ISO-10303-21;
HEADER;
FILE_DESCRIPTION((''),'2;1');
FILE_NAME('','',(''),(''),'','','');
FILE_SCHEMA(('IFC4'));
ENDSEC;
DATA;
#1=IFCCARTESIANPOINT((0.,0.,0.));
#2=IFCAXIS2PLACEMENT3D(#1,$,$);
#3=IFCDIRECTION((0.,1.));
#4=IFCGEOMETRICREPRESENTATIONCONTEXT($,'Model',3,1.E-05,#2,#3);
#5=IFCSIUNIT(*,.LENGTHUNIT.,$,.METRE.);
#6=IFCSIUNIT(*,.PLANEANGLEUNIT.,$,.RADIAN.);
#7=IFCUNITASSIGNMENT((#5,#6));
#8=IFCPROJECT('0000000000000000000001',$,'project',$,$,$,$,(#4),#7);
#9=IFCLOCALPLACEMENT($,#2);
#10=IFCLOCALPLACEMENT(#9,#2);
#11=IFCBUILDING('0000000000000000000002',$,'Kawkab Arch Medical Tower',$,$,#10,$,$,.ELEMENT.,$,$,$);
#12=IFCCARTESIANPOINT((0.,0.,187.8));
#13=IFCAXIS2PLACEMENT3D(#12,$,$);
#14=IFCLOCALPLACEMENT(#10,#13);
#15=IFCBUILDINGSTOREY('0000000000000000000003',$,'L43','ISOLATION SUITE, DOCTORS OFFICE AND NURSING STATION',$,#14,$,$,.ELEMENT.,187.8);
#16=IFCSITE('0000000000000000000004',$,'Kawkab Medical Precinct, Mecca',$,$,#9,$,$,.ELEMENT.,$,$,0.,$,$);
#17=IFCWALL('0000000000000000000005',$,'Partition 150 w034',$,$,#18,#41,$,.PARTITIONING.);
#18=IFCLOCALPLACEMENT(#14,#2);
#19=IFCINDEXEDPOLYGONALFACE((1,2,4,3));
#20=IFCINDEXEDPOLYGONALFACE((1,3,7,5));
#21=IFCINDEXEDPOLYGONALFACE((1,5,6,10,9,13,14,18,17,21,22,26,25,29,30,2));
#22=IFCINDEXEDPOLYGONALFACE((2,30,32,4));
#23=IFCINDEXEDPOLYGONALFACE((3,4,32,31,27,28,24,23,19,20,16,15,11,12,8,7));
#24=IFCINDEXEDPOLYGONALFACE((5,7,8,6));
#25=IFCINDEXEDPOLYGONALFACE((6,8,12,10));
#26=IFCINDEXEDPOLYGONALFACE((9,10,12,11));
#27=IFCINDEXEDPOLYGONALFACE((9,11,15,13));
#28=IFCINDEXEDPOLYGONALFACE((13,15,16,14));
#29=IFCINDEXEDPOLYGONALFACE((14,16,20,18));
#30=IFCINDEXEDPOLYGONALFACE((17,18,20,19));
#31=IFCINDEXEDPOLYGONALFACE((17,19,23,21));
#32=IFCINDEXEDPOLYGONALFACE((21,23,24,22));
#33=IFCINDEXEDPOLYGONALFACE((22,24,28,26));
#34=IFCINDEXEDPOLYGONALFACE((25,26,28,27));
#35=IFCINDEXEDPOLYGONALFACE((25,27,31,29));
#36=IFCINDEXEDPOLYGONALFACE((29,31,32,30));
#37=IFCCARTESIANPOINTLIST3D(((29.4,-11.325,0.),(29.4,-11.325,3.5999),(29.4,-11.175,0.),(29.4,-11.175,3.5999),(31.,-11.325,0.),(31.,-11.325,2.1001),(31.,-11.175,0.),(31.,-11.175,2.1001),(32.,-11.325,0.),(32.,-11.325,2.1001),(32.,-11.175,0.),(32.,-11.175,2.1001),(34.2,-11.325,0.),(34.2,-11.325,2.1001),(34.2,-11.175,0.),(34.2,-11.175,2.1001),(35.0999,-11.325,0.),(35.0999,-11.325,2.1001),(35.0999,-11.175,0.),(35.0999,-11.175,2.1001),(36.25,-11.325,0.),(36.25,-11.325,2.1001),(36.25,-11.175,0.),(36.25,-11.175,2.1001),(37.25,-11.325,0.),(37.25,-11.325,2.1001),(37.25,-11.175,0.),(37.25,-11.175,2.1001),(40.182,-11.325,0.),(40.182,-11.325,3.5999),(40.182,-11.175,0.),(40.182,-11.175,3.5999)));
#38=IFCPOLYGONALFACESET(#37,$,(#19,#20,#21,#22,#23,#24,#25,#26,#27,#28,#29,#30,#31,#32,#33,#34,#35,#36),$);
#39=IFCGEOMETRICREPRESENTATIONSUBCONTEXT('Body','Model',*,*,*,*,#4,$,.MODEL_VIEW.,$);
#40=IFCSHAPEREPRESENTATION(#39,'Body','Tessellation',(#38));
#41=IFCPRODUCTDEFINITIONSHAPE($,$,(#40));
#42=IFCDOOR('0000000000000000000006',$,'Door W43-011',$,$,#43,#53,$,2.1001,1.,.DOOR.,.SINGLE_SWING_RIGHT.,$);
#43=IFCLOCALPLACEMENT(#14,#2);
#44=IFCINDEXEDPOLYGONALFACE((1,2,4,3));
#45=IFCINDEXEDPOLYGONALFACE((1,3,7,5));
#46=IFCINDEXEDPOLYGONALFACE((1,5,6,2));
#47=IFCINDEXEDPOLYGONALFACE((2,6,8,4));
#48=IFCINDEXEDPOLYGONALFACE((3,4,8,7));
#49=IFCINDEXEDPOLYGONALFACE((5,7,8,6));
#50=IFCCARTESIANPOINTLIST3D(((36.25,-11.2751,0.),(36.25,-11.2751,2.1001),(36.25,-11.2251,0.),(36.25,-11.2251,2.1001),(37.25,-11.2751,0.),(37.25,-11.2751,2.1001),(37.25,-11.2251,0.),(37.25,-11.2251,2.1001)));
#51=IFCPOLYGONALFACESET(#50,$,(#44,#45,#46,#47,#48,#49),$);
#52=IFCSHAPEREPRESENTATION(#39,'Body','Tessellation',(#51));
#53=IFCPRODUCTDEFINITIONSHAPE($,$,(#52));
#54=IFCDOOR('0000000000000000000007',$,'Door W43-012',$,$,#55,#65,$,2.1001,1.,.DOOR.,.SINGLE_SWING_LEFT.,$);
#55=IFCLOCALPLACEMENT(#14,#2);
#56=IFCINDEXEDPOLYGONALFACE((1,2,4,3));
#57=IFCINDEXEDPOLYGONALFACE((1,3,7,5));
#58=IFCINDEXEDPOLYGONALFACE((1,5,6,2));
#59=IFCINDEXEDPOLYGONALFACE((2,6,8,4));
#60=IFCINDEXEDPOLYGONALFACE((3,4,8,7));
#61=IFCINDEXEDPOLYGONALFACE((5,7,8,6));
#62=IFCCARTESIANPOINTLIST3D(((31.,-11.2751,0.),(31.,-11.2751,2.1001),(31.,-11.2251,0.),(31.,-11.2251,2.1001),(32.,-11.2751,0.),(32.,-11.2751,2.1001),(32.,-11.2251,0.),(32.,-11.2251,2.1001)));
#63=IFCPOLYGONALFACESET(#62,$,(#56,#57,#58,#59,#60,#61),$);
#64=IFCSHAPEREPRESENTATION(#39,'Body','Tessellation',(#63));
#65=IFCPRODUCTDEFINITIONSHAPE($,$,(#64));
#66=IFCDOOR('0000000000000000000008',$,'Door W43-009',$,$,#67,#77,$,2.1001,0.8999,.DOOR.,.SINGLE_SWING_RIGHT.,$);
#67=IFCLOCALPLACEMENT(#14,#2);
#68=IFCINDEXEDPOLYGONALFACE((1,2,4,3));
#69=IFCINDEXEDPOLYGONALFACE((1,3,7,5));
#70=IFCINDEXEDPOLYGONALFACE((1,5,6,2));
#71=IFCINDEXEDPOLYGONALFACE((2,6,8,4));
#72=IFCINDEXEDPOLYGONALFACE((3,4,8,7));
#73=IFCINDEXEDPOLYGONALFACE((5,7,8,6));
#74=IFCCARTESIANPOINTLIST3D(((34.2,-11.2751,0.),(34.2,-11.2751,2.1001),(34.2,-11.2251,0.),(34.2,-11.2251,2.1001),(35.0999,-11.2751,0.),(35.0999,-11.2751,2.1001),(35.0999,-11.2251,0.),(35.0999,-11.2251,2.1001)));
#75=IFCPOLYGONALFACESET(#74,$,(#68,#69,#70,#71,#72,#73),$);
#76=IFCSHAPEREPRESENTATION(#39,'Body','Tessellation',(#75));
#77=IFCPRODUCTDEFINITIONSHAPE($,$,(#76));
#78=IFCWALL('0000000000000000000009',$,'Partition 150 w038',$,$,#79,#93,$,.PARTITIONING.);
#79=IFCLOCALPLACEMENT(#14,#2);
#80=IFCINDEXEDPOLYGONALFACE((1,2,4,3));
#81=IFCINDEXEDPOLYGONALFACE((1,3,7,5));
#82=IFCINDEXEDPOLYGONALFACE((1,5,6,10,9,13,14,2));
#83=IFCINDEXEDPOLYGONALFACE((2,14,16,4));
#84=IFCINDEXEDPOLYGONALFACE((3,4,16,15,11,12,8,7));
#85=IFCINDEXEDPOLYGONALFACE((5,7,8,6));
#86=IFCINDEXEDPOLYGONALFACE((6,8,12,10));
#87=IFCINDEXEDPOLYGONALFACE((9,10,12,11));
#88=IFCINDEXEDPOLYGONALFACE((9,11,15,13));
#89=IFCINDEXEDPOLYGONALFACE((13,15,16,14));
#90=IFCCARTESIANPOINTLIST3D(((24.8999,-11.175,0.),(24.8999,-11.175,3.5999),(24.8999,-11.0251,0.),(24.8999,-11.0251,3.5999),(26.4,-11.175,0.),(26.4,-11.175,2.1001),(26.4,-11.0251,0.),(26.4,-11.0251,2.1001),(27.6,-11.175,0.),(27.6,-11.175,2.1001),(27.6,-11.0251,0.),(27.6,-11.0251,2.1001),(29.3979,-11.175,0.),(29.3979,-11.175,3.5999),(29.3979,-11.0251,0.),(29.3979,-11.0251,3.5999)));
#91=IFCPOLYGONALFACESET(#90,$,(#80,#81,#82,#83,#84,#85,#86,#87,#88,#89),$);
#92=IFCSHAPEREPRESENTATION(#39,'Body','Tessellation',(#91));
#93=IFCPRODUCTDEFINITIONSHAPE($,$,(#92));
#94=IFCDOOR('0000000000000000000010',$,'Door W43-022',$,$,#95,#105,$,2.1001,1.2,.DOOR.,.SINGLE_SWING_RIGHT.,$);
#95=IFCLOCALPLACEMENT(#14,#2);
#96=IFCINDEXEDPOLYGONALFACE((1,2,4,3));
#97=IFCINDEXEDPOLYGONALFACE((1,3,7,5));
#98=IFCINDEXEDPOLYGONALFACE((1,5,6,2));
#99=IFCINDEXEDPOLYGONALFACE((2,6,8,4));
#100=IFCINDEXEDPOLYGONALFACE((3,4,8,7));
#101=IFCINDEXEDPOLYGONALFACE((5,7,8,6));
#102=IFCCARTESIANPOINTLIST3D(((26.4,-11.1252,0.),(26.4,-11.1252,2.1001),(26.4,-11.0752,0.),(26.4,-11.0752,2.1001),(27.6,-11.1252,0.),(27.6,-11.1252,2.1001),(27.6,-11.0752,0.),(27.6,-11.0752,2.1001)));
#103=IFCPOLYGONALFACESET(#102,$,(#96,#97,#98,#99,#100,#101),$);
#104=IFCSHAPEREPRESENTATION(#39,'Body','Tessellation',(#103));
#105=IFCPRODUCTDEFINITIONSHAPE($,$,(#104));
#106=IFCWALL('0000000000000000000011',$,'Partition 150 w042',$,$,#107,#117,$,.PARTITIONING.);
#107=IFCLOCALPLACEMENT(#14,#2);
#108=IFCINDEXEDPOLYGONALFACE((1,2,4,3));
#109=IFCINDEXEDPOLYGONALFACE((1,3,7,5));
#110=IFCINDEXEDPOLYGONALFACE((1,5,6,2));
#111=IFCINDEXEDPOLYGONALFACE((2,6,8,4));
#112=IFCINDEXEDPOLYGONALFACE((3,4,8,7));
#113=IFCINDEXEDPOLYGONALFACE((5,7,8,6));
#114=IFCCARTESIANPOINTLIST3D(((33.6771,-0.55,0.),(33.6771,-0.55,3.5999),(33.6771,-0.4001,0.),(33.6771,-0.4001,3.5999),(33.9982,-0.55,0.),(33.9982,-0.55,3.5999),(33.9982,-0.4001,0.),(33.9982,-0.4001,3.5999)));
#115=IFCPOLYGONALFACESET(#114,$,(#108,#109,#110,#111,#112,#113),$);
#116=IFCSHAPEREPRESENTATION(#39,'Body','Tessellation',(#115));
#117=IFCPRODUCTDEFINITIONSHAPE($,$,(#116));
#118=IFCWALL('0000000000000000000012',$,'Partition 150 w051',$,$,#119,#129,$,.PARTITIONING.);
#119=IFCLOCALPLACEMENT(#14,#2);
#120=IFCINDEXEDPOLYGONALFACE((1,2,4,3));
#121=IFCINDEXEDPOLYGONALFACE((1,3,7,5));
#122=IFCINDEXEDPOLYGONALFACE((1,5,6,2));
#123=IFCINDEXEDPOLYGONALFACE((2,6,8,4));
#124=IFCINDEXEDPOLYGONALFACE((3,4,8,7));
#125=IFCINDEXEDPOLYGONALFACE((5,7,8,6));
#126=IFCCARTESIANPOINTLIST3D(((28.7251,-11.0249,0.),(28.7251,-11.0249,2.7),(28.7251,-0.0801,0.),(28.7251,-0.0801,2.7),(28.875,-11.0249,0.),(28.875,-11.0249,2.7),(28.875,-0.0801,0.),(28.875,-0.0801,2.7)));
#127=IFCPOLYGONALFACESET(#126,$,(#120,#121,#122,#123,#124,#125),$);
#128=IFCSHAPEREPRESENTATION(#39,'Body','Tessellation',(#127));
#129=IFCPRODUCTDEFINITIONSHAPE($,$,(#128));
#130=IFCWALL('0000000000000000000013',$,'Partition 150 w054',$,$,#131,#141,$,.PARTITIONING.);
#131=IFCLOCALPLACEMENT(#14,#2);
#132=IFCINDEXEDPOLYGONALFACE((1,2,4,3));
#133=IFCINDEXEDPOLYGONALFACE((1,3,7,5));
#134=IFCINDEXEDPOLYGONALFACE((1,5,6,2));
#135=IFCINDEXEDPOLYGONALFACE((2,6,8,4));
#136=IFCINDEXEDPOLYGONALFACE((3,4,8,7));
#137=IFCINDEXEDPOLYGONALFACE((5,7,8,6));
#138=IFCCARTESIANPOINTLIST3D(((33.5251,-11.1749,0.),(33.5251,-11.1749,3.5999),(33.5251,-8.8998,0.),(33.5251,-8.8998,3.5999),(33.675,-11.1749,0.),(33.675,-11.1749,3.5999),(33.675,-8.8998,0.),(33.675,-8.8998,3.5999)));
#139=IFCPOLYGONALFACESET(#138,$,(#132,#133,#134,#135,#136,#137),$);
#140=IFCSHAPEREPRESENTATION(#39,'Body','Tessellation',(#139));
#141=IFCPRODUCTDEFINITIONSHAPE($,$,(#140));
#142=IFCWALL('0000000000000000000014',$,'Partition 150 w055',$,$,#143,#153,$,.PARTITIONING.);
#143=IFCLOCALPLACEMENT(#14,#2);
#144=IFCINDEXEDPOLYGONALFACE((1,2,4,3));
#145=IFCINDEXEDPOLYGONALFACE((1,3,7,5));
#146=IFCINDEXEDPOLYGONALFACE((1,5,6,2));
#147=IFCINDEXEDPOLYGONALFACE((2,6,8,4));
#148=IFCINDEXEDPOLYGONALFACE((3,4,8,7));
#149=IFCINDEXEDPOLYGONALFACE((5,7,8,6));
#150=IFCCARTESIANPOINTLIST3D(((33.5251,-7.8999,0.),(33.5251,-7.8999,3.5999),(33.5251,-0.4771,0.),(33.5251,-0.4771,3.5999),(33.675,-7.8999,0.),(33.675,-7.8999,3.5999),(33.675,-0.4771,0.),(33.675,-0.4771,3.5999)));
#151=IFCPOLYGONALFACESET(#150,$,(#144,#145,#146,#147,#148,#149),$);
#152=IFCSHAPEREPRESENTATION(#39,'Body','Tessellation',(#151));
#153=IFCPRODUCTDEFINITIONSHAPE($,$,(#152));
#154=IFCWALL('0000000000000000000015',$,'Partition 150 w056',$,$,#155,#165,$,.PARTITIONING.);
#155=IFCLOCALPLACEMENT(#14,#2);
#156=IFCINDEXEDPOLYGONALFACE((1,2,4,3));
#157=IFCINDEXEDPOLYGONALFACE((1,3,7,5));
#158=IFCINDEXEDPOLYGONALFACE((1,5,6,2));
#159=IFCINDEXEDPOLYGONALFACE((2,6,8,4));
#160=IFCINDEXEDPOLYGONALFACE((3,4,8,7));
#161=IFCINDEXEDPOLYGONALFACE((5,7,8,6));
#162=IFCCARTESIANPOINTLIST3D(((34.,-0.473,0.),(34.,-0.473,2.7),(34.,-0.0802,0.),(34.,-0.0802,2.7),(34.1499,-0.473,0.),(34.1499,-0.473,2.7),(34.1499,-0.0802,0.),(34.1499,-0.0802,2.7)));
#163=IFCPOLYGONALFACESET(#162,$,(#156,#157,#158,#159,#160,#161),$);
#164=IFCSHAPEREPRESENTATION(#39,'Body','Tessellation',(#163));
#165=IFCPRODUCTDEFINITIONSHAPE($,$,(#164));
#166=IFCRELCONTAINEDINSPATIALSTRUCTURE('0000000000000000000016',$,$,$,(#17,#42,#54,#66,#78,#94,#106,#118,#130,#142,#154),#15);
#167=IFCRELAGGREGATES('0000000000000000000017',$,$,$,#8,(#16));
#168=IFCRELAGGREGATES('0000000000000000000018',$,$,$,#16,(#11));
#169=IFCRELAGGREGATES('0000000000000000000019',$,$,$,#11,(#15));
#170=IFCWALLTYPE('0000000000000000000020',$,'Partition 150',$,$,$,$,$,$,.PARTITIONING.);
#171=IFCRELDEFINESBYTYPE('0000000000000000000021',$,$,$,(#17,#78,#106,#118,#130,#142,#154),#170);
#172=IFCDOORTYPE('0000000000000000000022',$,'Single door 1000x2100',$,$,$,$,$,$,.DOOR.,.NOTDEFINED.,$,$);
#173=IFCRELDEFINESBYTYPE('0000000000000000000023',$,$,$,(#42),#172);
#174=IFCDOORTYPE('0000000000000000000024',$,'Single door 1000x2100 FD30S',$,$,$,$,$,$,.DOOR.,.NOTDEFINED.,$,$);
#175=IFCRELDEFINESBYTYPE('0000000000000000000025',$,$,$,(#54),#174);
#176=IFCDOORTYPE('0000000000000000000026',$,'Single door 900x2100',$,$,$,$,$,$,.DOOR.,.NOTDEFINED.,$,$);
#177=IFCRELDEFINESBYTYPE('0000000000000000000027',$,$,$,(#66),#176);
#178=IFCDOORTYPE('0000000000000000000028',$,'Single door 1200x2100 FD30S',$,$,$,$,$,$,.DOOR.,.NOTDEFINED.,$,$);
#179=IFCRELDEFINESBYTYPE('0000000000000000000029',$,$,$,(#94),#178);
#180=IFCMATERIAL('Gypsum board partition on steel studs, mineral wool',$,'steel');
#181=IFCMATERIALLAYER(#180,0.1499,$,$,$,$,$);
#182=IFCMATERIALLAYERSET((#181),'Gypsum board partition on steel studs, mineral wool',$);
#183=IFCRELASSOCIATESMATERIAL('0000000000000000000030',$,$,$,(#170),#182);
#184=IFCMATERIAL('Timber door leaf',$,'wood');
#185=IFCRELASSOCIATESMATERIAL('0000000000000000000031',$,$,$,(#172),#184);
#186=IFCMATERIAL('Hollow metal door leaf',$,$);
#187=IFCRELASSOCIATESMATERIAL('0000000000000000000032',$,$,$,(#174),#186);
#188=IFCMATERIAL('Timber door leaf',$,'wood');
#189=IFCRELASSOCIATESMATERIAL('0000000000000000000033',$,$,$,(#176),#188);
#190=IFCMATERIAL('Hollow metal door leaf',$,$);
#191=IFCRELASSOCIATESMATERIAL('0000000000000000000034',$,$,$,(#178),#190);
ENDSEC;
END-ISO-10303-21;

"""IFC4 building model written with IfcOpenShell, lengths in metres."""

from ifc_helpers import new_model, si_unit, direction, frame, frame_2d, origin, place, context, subcontext, project, spatial, rectangle, extrude, material, layer, layer_set, type_object, element, fill, save


model = new_model("IFC4")

# Units and contexts
model_context = context("Model", 3, precision=1e-05, world=origin(), true_north=direction((0.0, 1.0)))
body_context = subcontext(model_context, "Body", "Model", "MODEL_VIEW")
ifc_project = project(units=[si_unit("LENGTHUNIT", "METRE"), si_unit("PLANEANGLEUNIT", "RADIAN")], contexts=[model_context])

# Site, building, storey
site_placement = place(None, origin())
site = spatial("IfcSite", under=ifc_project, at=site_placement, Name="Kawkab Medical Precinct, Mecca", CompositionType="ELEMENT", RefElevation=0.0)
building_placement = place(site_placement, origin())
building = spatial("IfcBuilding", under=site, at=building_placement, Name="Kawkab Arch Medical Tower", CompositionType="ELEMENT")
storey_placement = place(building_placement, frame((0.0, 0.0, 187.8)))
storey = spatial("IfcBuildingStorey", under=building, at=storey_placement, Name="L43", Description="ISOLATION SUITE, DOCTORS OFFICE AND NURSING STATION", CompositionType="ELEMENT", Elevation=187.8)

# Wall, openings, doors
ifc_material_1 = material(Name="Gypsum board partition on steel studs, mineral wool", Category="steel")
ifc_layer_1 = layer(ifc_material_1, 0.1499)
ifc_layer_set_1 = layer_set([ifc_layer_1], Name="Gypsum board partition on steel studs, mineral wool")
wall_type_1 = type_object("IfcWallType", Name="Partition 150", PredefinedType="PARTITIONING", material=ifc_layer_set_1)
wall_1_placement = place(storey_placement, frame((29.3999, -11.25, 0.0), z_axis=(0.0, 0.0, 1.0), x_axis=(1.0, 0.0, 0.0)))
wall_1 = element("IfcWall", 1, at=wall_1_placement, inside=storey, type_object=wall_type_1, Name="Partition 150 w034", PredefinedType="PARTITIONING", context=body_context, shape_type="SweptSolid", body=[
    extrude(rectangle(XDim=10.782, YDim=0.1499, at=frame_2d((5.3911, 0.0))), origin(), (0.0, 0.0, 1.0), 3.5999),
])
opening_1_placement = place(wall_1_placement, frame((1.6001, 0.0, 0.0)))
opening_1 = element("IfcOpeningElement", 2, at=opening_1_placement, cuts=wall_1, PredefinedType="OPENING", context=body_context, shape_type="SweptSolid", body=[
    extrude(rectangle(XDim=1.0, YDim=2.1001, at=frame_2d((0.5, 1.05))), frame((0.0, 0.085, 0.0), z_axis=(0.0, -1.0, 0.0), x_axis=(1.0, 0.0, 0.0)), (0.0, 0.0, 1.0), 0.1699),
])
opening_2_placement = place(wall_1_placement, frame((4.8, 0.0, 0.0)))
opening_2 = element("IfcOpeningElement", 3, at=opening_2_placement, cuts=wall_1, PredefinedType="OPENING", context=body_context, shape_type="SweptSolid", body=[
    extrude(rectangle(XDim=0.8999, YDim=2.1001, at=frame_2d((0.45, 1.05))), frame((0.0, 0.085, 0.0), z_axis=(0.0, -1.0, 0.0), x_axis=(1.0, 0.0, 0.0)), (0.0, 0.0, 1.0), 0.1699),
])
opening_3_placement = place(wall_1_placement, frame((6.8501, 0.0, 0.0)))
opening_3 = element("IfcOpeningElement", 4, at=opening_3_placement, cuts=wall_1, PredefinedType="OPENING", context=body_context, shape_type="SweptSolid", body=[
    extrude(rectangle(XDim=1.0, YDim=2.1001, at=frame_2d((0.5, 1.05))), frame((0.0, 0.085, 0.0), z_axis=(0.0, -1.0, 0.0), x_axis=(1.0, 0.0, 0.0)), (0.0, 0.0, 1.0), 0.1699),
])
ifc_material_2 = material(Name="Timber door leaf", Category="wood")
door_type_1 = type_object("IfcDoorType", Name="Single door 1000x2100", OperationType="NOTDEFINED", PredefinedType="DOOR", material=ifc_material_2)
door_1_placement = place(opening_3_placement, origin())
door_1 = element("IfcDoor", 5, at=door_1_placement, inside=storey, type_object=door_type_1, Name="Door W43-011", OperationType="SINGLE_SWING_RIGHT", OverallHeight=2.1001, OverallWidth=1.0, PredefinedType="DOOR", context=body_context, shape_type="SweptSolid", body=[
    extrude(rectangle(XDim=1.0, YDim=2.1001, at=frame_2d((0.5, 1.05))), frame((0.0, 0.0249, 0.0), z_axis=(0.0, -1.0, 0.0), x_axis=(1.0, 0.0, 0.0)), (0.0, 0.0, 1.0), 0.05),
])
fill(opening_3, door_1)
ifc_material_3 = material(Name="Hollow metal door leaf")
door_type_2 = type_object("IfcDoorType", Name="Single door 1000x2100 FD30S", OperationType="NOTDEFINED", PredefinedType="DOOR", material=ifc_material_3)
door_2_placement = place(opening_1_placement, origin())
door_2 = element("IfcDoor", 6, at=door_2_placement, inside=storey, type_object=door_type_2, Name="Door W43-012", OperationType="SINGLE_SWING_LEFT", OverallHeight=2.1001, OverallWidth=1.0, PredefinedType="DOOR", context=body_context, shape_type="SweptSolid", body=[
    extrude(rectangle(XDim=1.0, YDim=2.1001, at=frame_2d((0.5, 1.05))), frame((0.0, 0.0249, 0.0), z_axis=(0.0, -1.0, 0.0), x_axis=(1.0, 0.0, 0.0)), (0.0, 0.0, 1.0), 0.05),
])
fill(opening_1, door_2)
ifc_material_4 = material(Name="Timber door leaf", Category="wood")
door_type_3 = type_object("IfcDoorType", Name="Single door 900x2100", OperationType="NOTDEFINED", PredefinedType="DOOR", material=ifc_material_4)
door_3_placement = place(opening_2_placement, origin())
door_3 = element("IfcDoor", 7, at=door_3_placement, inside=storey, type_object=door_type_3, Name="Door W43-009", OperationType="SINGLE_SWING_RIGHT", OverallHeight=2.1001, OverallWidth=0.8999, PredefinedType="DOOR", context=body_context, shape_type="SweptSolid", body=[
    extrude(rectangle(XDim=0.8999, YDim=2.1001, at=frame_2d((0.45, 1.05))), frame((0.0, 0.0249, 0.0), z_axis=(0.0, -1.0, 0.0), x_axis=(1.0, 0.0, 0.0)), (0.0, 0.0, 1.0), 0.05),
])
fill(opening_2, door_3)

# Wall, opening, door
wall_2_placement = place(storey_placement, frame((24.8999, -11.1001, 0.0), z_axis=(0.0, 0.0, 1.0), x_axis=(1.0, 0.0, 0.0)))
wall_2 = element("IfcWall", 8, at=wall_2_placement, inside=storey, type_object=wall_type_1, Name="Partition 150 w038", PredefinedType="PARTITIONING", context=body_context, shape_type="SweptSolid", body=[
    extrude(rectangle(XDim=4.498, YDim=0.1499, at=frame_2d((2.249, 0.0))), origin(), (0.0, 0.0, 1.0), 3.5999),
])
opening_4_placement = place(wall_2_placement, frame((1.5, 0.0, 0.0)))
opening_4 = element("IfcOpeningElement", 9, at=opening_4_placement, cuts=wall_2, PredefinedType="OPENING", context=body_context, shape_type="SweptSolid", body=[
    extrude(rectangle(XDim=1.2, YDim=2.1001, at=frame_2d((0.6001, 1.05))), frame((0.0, 0.085, 0.0), z_axis=(0.0, -1.0, 0.0), x_axis=(1.0, 0.0, 0.0)), (0.0, 0.0, 1.0), 0.1699),
])
ifc_material_5 = material(Name="Hollow metal door leaf")
door_type_4 = type_object("IfcDoorType", Name="Single door 1200x2100 FD30S", OperationType="NOTDEFINED", PredefinedType="DOOR", material=ifc_material_5)
door_4_placement = place(opening_4_placement, origin())
door_4 = element("IfcDoor", 10, at=door_4_placement, inside=storey, type_object=door_type_4, Name="Door W43-022", OperationType="SINGLE_SWING_RIGHT", OverallHeight=2.1001, OverallWidth=1.2, PredefinedType="DOOR", context=body_context, shape_type="SweptSolid", body=[
    extrude(rectangle(XDim=1.2, YDim=2.1001, at=frame_2d((0.6001, 1.05))), frame((0.0, 0.0249, 0.0), z_axis=(0.0, -1.0, 0.0), x_axis=(1.0, 0.0, 0.0)), (0.0, 0.0, 1.0), 0.05),
])
fill(opening_4, door_4)

# Walls
wall_3_placement = place(storey_placement, frame((33.677, -0.4751, 0.0), z_axis=(0.0, 0.0, 1.0), x_axis=(1.0, 0.0, 0.0)))
element("IfcWall", 11, at=wall_3_placement, inside=storey, type_object=wall_type_1, Name="Partition 150 w042", PredefinedType="PARTITIONING", context=body_context, shape_type="SweptSolid", body=[
    extrude(rectangle(XDim=0.321, YDim=0.1499, at=frame_2d((0.1606, 0.0))), origin(), (0.0, 0.0, 1.0), 3.5999),
])
wall_4_placement = place(storey_placement, frame((28.8, -11.0249, 0.0), z_axis=(0.0, 0.0, 1.0), x_axis=(0.0, 1.0, 0.0)))
element("IfcWall", 12, at=wall_4_placement, inside=storey, type_object=wall_type_1, Name="Partition 150 w051", PredefinedType="PARTITIONING", context=body_context, shape_type="SweptSolid", body=[
    extrude(rectangle(XDim=10.9448, YDim=0.1499, at=frame_2d((5.4724, 0.0))), origin(), (0.0, 0.0, 1.0), 2.7),
])
wall_5_placement = place(storey_placement, frame((33.6001, -11.175, 0.0), z_axis=(0.0, 0.0, 1.0), x_axis=(0.0, 1.0, 0.0)))
element("IfcWall", 13, at=wall_5_placement, inside=storey, type_object=wall_type_1, Name="Partition 150 w054", PredefinedType="PARTITIONING", context=body_context, shape_type="SweptSolid", body=[
    extrude(rectangle(XDim=2.2751, YDim=0.1499, at=frame_2d((1.1377, 0.0))), origin(), (0.0, 0.0, 1.0), 3.5999),
])
wall_6_placement = place(storey_placement, frame((33.6001, -7.8999, 0.0), z_axis=(0.0, 0.0, 1.0), x_axis=(0.0, 1.0, 0.0)))
element("IfcWall", 14, at=wall_6_placement, inside=storey, type_object=wall_type_1, Name="Partition 150 w055", PredefinedType="PARTITIONING", context=body_context, shape_type="SweptSolid", body=[
    extrude(rectangle(XDim=7.4229, YDim=0.1499, at=frame_2d((3.7114, 0.0))), origin(), (0.0, 0.0, 1.0), 3.5999),
])
wall_7_placement = place(storey_placement, frame((34.075, -0.4729, 0.0), z_axis=(0.0, 0.0, 1.0), x_axis=(0.0, 1.0, 0.0)))
element("IfcWall", 15, at=wall_7_placement, inside=storey, type_object=wall_type_1, Name="Partition 150 w056", PredefinedType="PARTITIONING", context=body_context, shape_type="SweptSolid", body=[
    extrude(rectangle(XDim=0.3928, YDim=0.1499, at=frame_2d((0.1963, 0.0))), origin(), (0.0, 0.0, 1.0), 2.7),
])

save(model, "model.ifc")
